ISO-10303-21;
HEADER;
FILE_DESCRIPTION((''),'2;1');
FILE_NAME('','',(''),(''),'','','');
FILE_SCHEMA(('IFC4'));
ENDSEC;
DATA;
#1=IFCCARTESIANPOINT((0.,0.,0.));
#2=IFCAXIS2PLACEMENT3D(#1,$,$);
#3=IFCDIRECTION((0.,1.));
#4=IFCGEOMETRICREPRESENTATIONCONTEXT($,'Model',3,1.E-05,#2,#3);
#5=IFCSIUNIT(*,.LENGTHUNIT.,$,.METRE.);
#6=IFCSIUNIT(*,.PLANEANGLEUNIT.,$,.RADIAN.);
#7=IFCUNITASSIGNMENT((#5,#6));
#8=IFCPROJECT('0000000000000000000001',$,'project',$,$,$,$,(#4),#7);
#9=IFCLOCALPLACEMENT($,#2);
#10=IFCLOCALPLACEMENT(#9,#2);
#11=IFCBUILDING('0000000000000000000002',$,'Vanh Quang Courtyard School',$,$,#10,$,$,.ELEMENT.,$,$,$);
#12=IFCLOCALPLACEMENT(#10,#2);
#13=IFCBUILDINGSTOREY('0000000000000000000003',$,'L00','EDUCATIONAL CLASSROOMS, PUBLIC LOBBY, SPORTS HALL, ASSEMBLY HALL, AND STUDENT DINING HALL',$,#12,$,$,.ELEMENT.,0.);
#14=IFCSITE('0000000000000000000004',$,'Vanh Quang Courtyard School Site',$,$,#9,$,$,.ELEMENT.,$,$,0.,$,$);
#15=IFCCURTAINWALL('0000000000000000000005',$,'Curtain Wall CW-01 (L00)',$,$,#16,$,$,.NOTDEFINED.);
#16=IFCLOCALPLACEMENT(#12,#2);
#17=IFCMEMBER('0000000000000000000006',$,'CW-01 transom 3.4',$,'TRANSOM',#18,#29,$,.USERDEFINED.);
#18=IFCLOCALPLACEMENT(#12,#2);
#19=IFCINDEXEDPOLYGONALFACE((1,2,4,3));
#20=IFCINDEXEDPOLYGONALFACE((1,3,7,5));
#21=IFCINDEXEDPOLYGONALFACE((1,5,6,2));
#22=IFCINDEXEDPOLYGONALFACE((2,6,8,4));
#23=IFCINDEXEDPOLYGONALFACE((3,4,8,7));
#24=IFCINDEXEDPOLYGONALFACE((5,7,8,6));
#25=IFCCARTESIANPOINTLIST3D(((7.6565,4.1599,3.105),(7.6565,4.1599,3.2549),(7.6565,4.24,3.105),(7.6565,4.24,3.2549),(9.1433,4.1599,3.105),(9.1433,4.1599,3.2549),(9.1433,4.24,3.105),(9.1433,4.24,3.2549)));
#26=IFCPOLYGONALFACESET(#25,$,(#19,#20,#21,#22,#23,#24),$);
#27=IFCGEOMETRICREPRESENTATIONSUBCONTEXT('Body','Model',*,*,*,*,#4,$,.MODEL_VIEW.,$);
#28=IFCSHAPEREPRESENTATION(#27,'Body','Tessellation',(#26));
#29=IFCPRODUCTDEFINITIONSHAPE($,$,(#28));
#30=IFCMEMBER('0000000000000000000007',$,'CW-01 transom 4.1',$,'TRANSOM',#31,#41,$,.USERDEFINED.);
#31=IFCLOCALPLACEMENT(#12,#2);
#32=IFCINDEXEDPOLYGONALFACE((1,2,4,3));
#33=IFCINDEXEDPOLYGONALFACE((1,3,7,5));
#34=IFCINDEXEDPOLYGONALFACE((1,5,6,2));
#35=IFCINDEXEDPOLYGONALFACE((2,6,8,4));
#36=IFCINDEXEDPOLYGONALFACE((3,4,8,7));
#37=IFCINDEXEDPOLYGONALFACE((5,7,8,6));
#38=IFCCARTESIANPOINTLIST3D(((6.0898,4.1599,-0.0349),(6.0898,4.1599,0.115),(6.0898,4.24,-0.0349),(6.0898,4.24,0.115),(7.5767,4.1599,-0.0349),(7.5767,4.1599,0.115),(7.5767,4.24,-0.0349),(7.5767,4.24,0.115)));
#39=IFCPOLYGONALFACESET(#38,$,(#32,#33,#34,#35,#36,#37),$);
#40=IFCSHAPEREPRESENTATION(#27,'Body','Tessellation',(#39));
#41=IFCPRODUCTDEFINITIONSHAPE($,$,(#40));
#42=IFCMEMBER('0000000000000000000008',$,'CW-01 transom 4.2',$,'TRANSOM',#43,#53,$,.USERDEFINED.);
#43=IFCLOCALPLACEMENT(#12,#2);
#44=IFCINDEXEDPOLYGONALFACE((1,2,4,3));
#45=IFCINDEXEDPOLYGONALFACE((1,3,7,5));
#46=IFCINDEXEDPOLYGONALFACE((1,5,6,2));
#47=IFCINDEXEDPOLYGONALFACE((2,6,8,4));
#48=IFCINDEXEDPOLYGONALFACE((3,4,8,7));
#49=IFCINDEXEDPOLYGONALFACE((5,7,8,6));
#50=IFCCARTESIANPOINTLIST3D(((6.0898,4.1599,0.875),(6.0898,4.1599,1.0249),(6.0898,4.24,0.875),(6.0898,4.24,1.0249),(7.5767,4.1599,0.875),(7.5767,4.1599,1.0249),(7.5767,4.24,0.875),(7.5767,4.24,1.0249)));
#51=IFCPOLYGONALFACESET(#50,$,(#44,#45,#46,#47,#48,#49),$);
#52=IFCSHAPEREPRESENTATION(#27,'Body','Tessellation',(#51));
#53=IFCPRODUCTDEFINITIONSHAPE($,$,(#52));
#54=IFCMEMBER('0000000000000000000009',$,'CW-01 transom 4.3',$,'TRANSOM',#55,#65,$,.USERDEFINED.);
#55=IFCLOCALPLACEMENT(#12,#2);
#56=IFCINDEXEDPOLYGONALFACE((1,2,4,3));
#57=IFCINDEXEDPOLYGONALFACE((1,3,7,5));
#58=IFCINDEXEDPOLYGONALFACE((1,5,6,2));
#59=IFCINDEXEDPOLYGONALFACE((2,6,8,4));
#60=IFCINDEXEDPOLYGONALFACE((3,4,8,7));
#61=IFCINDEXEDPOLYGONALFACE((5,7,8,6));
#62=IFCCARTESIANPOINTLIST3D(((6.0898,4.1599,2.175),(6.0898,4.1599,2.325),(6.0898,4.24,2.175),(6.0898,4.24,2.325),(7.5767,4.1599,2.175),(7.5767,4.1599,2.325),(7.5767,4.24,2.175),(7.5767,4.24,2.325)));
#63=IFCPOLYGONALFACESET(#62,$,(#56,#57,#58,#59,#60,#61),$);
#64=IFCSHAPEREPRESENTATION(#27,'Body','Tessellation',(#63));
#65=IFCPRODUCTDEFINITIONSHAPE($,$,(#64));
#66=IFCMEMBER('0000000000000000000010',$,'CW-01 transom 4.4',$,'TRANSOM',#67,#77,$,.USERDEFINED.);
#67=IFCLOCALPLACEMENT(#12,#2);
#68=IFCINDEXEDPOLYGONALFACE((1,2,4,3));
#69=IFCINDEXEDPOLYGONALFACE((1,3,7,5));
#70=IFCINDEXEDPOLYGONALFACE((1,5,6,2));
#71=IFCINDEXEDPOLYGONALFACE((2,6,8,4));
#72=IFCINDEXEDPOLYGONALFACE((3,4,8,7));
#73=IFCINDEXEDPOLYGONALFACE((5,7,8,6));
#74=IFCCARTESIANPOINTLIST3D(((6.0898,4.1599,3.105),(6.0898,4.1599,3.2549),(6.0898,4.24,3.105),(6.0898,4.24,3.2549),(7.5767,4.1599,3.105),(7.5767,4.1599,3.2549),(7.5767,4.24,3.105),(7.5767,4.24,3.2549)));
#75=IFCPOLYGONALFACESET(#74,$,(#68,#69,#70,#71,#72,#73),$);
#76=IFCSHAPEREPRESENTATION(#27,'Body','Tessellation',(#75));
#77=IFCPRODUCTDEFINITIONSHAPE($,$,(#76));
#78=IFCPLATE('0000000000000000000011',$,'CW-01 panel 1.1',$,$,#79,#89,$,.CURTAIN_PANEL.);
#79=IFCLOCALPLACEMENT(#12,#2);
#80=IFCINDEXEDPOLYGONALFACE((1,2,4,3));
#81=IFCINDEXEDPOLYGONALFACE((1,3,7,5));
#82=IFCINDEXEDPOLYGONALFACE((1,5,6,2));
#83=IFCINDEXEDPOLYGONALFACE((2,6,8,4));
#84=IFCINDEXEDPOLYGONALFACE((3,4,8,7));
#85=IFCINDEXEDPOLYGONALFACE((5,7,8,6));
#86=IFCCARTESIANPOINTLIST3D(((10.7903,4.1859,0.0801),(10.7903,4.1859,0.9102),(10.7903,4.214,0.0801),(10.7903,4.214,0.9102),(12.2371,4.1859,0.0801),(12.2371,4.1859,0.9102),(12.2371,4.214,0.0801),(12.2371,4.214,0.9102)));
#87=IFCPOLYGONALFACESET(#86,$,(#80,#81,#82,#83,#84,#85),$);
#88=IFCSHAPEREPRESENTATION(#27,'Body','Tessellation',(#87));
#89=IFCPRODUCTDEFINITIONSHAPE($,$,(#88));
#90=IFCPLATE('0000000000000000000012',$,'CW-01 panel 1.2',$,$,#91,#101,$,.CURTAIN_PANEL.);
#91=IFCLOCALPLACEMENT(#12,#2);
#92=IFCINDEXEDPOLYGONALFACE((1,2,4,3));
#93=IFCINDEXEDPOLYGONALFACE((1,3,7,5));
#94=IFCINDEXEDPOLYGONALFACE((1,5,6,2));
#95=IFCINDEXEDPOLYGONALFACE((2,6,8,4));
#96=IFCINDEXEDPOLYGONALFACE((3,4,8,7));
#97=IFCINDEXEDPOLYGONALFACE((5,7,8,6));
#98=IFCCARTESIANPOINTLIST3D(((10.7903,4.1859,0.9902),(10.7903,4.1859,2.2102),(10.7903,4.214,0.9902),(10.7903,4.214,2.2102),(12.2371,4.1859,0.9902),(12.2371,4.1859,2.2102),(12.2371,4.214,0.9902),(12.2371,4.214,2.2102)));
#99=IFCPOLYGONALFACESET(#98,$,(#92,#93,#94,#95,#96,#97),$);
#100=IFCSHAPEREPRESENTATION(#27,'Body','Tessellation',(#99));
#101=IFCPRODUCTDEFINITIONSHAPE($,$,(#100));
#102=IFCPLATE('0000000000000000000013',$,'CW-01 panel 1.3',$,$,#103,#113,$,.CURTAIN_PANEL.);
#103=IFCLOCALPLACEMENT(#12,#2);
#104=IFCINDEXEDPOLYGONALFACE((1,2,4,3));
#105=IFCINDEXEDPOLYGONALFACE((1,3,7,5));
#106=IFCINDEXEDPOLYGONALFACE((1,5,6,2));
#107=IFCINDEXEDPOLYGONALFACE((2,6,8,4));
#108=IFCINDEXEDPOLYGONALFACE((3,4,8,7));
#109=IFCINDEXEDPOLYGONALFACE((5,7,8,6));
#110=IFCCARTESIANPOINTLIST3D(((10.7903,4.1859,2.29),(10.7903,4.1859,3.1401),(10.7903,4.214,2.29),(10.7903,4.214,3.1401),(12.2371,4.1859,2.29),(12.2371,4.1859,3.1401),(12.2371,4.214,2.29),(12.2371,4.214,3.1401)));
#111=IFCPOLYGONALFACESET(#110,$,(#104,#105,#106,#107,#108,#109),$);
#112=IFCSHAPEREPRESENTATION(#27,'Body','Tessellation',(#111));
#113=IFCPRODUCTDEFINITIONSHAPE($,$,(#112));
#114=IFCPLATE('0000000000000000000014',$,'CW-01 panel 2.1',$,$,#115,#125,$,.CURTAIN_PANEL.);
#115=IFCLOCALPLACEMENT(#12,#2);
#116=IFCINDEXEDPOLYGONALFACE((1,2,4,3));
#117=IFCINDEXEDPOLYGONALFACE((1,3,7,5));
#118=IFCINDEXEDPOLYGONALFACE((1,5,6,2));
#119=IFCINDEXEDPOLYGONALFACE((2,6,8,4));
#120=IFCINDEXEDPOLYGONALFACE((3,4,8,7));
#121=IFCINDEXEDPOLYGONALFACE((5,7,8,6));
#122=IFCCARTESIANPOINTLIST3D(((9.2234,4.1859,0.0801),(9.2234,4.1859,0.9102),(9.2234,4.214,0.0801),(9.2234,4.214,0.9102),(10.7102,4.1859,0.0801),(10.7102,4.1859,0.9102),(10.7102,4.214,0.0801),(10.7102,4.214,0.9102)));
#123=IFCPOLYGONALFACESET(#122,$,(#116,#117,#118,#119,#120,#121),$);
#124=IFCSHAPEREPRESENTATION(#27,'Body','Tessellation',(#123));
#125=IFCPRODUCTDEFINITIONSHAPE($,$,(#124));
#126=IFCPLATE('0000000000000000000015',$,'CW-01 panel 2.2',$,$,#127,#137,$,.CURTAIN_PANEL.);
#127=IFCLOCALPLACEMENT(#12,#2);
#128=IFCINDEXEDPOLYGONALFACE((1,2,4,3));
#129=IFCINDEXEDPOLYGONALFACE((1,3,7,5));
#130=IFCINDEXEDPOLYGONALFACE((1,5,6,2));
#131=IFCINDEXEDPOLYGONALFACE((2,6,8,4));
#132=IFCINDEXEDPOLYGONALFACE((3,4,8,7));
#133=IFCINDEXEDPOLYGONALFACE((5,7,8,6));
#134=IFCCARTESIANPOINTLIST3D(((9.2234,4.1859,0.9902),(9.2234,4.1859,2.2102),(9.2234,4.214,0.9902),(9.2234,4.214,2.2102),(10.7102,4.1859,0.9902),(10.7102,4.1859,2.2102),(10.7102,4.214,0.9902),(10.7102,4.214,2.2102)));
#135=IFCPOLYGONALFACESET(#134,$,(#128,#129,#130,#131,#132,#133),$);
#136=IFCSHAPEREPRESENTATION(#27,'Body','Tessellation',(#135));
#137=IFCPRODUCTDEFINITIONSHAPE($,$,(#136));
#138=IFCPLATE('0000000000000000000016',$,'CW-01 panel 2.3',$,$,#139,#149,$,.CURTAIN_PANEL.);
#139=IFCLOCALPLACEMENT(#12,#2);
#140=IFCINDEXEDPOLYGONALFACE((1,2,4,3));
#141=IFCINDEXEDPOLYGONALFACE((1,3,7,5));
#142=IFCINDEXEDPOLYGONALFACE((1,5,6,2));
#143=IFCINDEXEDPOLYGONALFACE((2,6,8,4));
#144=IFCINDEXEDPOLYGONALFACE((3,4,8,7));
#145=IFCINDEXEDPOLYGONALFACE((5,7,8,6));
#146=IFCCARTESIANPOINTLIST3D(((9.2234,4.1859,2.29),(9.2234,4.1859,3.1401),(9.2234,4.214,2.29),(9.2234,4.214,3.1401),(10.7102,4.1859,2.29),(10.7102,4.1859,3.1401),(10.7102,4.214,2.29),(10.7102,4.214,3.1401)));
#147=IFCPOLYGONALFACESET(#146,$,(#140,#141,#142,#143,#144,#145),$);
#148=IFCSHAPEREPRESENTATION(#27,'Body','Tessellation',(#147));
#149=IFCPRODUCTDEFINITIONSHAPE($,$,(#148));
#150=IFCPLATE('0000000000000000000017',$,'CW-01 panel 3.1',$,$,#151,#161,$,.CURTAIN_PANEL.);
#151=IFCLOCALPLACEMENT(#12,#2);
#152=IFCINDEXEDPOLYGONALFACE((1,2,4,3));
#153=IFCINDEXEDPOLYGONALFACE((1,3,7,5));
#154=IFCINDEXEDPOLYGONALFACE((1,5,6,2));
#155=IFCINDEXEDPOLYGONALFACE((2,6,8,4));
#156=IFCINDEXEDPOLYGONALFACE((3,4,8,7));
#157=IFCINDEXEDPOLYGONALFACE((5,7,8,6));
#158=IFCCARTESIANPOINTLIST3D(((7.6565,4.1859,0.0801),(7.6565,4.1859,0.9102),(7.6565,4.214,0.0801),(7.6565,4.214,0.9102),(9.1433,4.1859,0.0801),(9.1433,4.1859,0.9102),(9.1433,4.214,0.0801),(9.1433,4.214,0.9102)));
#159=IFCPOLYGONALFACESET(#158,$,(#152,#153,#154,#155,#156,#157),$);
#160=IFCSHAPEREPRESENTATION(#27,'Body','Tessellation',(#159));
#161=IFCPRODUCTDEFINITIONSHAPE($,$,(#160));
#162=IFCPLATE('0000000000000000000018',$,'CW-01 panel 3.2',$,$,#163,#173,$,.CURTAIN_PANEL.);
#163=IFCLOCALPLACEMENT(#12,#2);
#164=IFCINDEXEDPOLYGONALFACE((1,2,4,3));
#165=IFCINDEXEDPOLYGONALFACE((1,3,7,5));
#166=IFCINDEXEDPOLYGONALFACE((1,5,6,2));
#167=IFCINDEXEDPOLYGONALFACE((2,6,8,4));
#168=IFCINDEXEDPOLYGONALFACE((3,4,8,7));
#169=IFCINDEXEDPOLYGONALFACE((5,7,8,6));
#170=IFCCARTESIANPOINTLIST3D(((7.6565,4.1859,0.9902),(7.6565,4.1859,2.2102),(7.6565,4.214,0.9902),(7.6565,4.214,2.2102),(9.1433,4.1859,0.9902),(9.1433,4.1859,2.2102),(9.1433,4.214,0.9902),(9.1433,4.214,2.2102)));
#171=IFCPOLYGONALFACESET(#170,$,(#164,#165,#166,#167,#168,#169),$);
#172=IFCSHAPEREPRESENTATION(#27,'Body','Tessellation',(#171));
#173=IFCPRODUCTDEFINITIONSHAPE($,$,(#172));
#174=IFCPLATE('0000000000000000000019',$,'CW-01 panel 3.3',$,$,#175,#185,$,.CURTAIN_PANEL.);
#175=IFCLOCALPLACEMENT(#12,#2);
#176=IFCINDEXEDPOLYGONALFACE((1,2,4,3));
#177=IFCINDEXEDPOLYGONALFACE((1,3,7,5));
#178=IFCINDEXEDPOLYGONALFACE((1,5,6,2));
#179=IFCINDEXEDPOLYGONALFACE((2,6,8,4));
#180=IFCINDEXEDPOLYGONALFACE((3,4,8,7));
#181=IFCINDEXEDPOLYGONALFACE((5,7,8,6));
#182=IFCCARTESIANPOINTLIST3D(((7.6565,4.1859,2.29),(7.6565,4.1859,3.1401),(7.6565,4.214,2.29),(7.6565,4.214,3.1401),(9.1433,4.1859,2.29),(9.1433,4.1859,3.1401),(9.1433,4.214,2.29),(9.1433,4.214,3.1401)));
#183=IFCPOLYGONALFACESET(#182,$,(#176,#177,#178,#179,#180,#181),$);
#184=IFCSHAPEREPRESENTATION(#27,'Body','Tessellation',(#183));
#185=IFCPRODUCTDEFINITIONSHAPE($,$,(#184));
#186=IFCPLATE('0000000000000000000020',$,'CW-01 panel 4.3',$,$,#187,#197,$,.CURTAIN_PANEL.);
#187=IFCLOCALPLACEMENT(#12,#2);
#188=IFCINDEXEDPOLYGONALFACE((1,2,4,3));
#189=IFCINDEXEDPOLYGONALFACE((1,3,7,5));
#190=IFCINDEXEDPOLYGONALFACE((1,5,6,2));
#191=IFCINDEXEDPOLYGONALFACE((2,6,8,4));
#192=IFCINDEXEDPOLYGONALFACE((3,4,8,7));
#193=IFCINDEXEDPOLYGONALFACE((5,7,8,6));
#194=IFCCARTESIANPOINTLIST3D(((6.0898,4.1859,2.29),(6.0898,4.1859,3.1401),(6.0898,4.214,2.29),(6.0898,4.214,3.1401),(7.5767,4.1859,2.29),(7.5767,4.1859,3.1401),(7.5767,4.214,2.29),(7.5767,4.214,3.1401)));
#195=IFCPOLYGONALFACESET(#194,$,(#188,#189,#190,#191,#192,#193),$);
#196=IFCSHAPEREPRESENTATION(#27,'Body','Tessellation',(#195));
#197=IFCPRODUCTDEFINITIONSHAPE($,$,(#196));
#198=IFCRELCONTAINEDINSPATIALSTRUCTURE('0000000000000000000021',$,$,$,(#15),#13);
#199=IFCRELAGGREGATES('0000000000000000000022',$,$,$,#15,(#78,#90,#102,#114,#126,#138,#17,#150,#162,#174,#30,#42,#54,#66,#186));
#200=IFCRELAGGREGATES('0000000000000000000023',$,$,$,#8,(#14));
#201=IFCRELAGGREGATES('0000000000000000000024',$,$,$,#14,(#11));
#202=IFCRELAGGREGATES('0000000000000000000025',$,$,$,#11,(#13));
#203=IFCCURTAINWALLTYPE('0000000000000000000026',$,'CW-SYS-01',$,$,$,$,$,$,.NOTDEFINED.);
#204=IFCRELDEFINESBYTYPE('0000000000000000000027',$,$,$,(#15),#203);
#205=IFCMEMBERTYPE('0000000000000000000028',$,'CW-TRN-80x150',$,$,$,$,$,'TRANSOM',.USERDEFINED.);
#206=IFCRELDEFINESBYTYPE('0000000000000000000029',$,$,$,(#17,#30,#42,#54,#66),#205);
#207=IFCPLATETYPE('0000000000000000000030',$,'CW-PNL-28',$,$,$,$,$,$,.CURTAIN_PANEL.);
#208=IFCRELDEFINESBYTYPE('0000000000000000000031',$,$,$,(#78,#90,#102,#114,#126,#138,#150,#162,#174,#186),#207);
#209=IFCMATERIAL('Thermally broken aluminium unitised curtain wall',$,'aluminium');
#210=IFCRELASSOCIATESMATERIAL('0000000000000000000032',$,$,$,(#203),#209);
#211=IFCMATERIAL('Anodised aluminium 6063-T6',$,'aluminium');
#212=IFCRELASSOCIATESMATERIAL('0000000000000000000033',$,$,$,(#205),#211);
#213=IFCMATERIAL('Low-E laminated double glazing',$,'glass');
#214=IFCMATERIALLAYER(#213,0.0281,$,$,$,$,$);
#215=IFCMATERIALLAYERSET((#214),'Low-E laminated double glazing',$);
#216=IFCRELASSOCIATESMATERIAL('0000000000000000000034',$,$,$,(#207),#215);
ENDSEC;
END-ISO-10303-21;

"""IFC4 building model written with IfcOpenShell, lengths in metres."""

from ifc_helpers import new_model, si_unit, direction, frame, origin, origin_2d, place, context, subcontext, project, spatial, rectangle, extrude, material, layer, layer_set, material_profile, profile_set, type_object, element, aggregate, save


model = new_model("IFC4")

# Units and contexts
model_context = context("Model", 3, precision=1e-05, world=origin(), true_north=direction((0.0, 1.0)))
body_context = subcontext(model_context, "Body", "Model", "MODEL_VIEW")
ifc_project = project(units=[si_unit("LENGTHUNIT", "METRE"), si_unit("PLANEANGLEUNIT", "RADIAN")], contexts=[model_context])

# Site, building, storey
site_placement = place(None, origin())
site = spatial("IfcSite", under=ifc_project, at=site_placement, Name="Vanh Quang Courtyard School Site", CompositionType="ELEMENT", RefElevation=0.0)
building_placement = place(site_placement, origin())
building = spatial("IfcBuilding", under=site, at=building_placement, Name="Vanh Quang Courtyard School", CompositionType="ELEMENT")
storey_placement = place(building_placement, origin())
storey = spatial("IfcBuildingStorey", under=building, at=storey_placement, Name="L00", Description="EDUCATIONAL CLASSROOMS, PUBLIC LOBBY, SPORTS HALL, ASSEMBLY HALL, AND STUDENT DINING HALL", CompositionType="ELEMENT", Elevation=0.0)

# Curtain wall, members, plates
ifc_material_1 = material(Name="Thermally broken aluminium unitised curtain wall", Category="aluminium")
curtain_wall_type = type_object("IfcCurtainWallType", Name="CW-SYS-01", PredefinedType="NOTDEFINED", material=ifc_material_1)
curtain_wall_placement = place(storey_placement, origin())
curtain_wall = element("IfcCurtainWall", 1, at=curtain_wall_placement, inside=storey, type_object=curtain_wall_type, Name="Curtain Wall CW-01 (L00)", PredefinedType="NOTDEFINED")
ifc_material_2 = material(Name="Anodised aluminium 6063-T6", Category="aluminium")
ifc_material_profile_1 = material_profile(ifc_material_2, rectangle(XDim=0.0801, YDim=0.1499, at=origin_2d()), Name="ALU-TRN 80x150")
ifc_profile_set_1 = profile_set([ifc_material_profile_1], Name="Anodised aluminium 6063-T6")
member_type_1 = type_object("IfcMemberType", Name="CW-TRN-80x150", ElementType="TRANSOM", PredefinedType="USERDEFINED", material=ifc_profile_set_1)
member_1_placement = place(storey_placement, frame((9.1433, 4.2, 3.1799), z_axis=(-1.0, 0.0, 0.0), x_axis=(0.0, -1.0, 0.0)))
member_1 = element("IfcMember", 2, at=member_1_placement, type_object=member_type_1, Name="CW-01 transom 3.4", ObjectType="TRANSOM", PredefinedType="USERDEFINED", context=body_context, shape_type="SweptSolid", body=[
    extrude(rectangle(XDim=0.0801, YDim=0.1499, at=origin_2d()), origin(), (0.0, 0.0, 1.0), 1.4868),
])
member_2_placement = place(storey_placement, frame((7.5767, 4.2, 0.04), z_axis=(-1.0, 0.0, 0.0), x_axis=(0.0, -1.0, 0.0)))
member_2 = element("IfcMember", 3, at=member_2_placement, type_object=member_type_1, Name="CW-01 transom 4.1", ObjectType="TRANSOM", PredefinedType="USERDEFINED", context=body_context, shape_type="SweptSolid", body=[
    extrude(rectangle(XDim=0.0801, YDim=0.1499, at=origin_2d()), origin(), (0.0, 0.0, 1.0), 1.4868),
])
member_3_placement = place(storey_placement, frame((7.5767, 4.2, 0.95), z_axis=(-1.0, 0.0, 0.0), x_axis=(0.0, -1.0, 0.0)))
member_3 = element("IfcMember", 4, at=member_3_placement, type_object=member_type_1, Name="CW-01 transom 4.2", ObjectType="TRANSOM", PredefinedType="USERDEFINED", context=body_context, shape_type="SweptSolid", body=[
    extrude(rectangle(XDim=0.0801, YDim=0.1499, at=origin_2d()), origin(), (0.0, 0.0, 1.0), 1.4868),
])
member_4_placement = place(storey_placement, frame((7.5767, 4.2, 2.25), z_axis=(-1.0, 0.0, 0.0), x_axis=(0.0, -1.0, 0.0)))
member_4 = element("IfcMember", 5, at=member_4_placement, type_object=member_type_1, Name="CW-01 transom 4.3", ObjectType="TRANSOM", PredefinedType="USERDEFINED", context=body_context, shape_type="SweptSolid", body=[
    extrude(rectangle(XDim=0.0801, YDim=0.1499, at=origin_2d()), origin(), (0.0, 0.0, 1.0), 1.4868),
])
member_5_placement = place(storey_placement, frame((7.5767, 4.2, 3.1799), z_axis=(-1.0, 0.0, 0.0), x_axis=(0.0, -1.0, 0.0)))
member_5 = element("IfcMember", 6, at=member_5_placement, type_object=member_type_1, Name="CW-01 transom 4.4", ObjectType="TRANSOM", PredefinedType="USERDEFINED", context=body_context, shape_type="SweptSolid", body=[
    extrude(rectangle(XDim=0.0801, YDim=0.1499, at=origin_2d()), origin(), (0.0, 0.0, 1.0), 1.4868),
])
ifc_material_3 = material(Name="Low-E laminated double glazing", Category="glass")
ifc_layer = layer(ifc_material_3, 0.0281)
ifc_layer_set = layer_set([ifc_layer], Name="Low-E laminated double glazing")
plate_type = type_object("IfcPlateType", Name="CW-PNL-28", PredefinedType="CURTAIN_PANEL", material=ifc_layer_set)
plate_1_placement = place(storey_placement, frame((11.5137, 4.2, 0.0801), z_axis=(0.0, 0.0, 1.0), x_axis=(-1.0, 0.0, 0.0)))
plate_1 = element("IfcPlate", 7, at=plate_1_placement, type_object=plate_type, Name="CW-01 panel 1.1", PredefinedType="CURTAIN_PANEL", context=body_context, shape_type="SweptSolid", body=[
    extrude(rectangle(XDim=1.4468, YDim=0.0281, at=origin_2d()), origin(), (0.0, 0.0, 1.0), 0.8301),
])
plate_2_placement = place(storey_placement, frame((11.5137, 4.2, 0.9902), z_axis=(0.0, 0.0, 1.0), x_axis=(-1.0, 0.0, 0.0)))
plate_2 = element("IfcPlate", 8, at=plate_2_placement, type_object=plate_type, Name="CW-01 panel 1.2", PredefinedType="CURTAIN_PANEL", context=body_context, shape_type="SweptSolid", body=[
    extrude(rectangle(XDim=1.4468, YDim=0.0281, at=origin_2d()), origin(), (0.0, 0.0, 1.0), 1.22),
])
plate_3_placement = place(storey_placement, frame((11.5137, 4.2, 2.29), z_axis=(0.0, 0.0, 1.0), x_axis=(-1.0, 0.0, 0.0)))
plate_3 = element("IfcPlate", 9, at=plate_3_placement, type_object=plate_type, Name="CW-01 panel 1.3", PredefinedType="CURTAIN_PANEL", context=body_context, shape_type="SweptSolid", body=[
    extrude(rectangle(XDim=1.4468, YDim=0.0281, at=origin_2d()), origin(), (0.0, 0.0, 1.0), 0.8501),
])
plate_4_placement = place(storey_placement, frame((9.9668, 4.2, 0.0801), z_axis=(0.0, 0.0, 1.0), x_axis=(-1.0, 0.0, 0.0)))
plate_4 = element("IfcPlate", 10, at=plate_4_placement, type_object=plate_type, Name="CW-01 panel 2.1", PredefinedType="CURTAIN_PANEL", context=body_context, shape_type="SweptSolid", body=[
    extrude(rectangle(XDim=1.4868, YDim=0.0281, at=origin_2d()), origin(), (0.0, 0.0, 1.0), 0.8301),
])
plate_5_placement = place(storey_placement, frame((9.9668, 4.2, 0.9902), z_axis=(0.0, 0.0, 1.0), x_axis=(-1.0, 0.0, 0.0)))
plate_5 = element("IfcPlate", 11, at=plate_5_placement, type_object=plate_type, Name="CW-01 panel 2.2", PredefinedType="CURTAIN_PANEL", context=body_context, shape_type="SweptSolid", body=[
    extrude(rectangle(XDim=1.4868, YDim=0.0281, at=origin_2d()), origin(), (0.0, 0.0, 1.0), 1.22),
])
plate_6_placement = place(storey_placement, frame((9.9668, 4.2, 2.29), z_axis=(0.0, 0.0, 1.0), x_axis=(-1.0, 0.0, 0.0)))
plate_6 = element("IfcPlate", 12, at=plate_6_placement, type_object=plate_type, Name="CW-01 panel 2.3", PredefinedType="CURTAIN_PANEL", context=body_context, shape_type="SweptSolid", body=[
    extrude(rectangle(XDim=1.4868, YDim=0.0281, at=origin_2d()), origin(), (0.0, 0.0, 1.0), 0.8501),
])
plate_7_placement = place(storey_placement, frame((8.3999, 4.2, 0.0801), z_axis=(0.0, 0.0, 1.0), x_axis=(-1.0, 0.0, 0.0)))
plate_7 = element("IfcPlate", 13, at=plate_7_placement, type_object=plate_type, Name="CW-01 panel 3.1", PredefinedType="CURTAIN_PANEL", context=body_context, shape_type="SweptSolid", body=[
    extrude(rectangle(XDim=1.4868, YDim=0.0281, at=origin_2d()), origin(), (0.0, 0.0, 1.0), 0.8301),
])
plate_8_placement = place(storey_placement, frame((8.3999, 4.2, 0.9902), z_axis=(0.0, 0.0, 1.0), x_axis=(-1.0, 0.0, 0.0)))
plate_8 = element("IfcPlate", 14, at=plate_8_placement, type_object=plate_type, Name="CW-01 panel 3.2", PredefinedType="CURTAIN_PANEL", context=body_context, shape_type="SweptSolid", body=[
    extrude(rectangle(XDim=1.4868, YDim=0.0281, at=origin_2d()), origin(), (0.0, 0.0, 1.0), 1.22),
])
plate_9_placement = place(storey_placement, frame((8.3999, 4.2, 2.29), z_axis=(0.0, 0.0, 1.0), x_axis=(-1.0, 0.0, 0.0)))
plate_9 = element("IfcPlate", 15, at=plate_9_placement, type_object=plate_type, Name="CW-01 panel 3.3", PredefinedType="CURTAIN_PANEL", context=body_context, shape_type="SweptSolid", body=[
    extrude(rectangle(XDim=1.4868, YDim=0.0281, at=origin_2d()), origin(), (0.0, 0.0, 1.0), 0.8501),
])
plate_10_placement = place(storey_placement, frame((6.8333, 4.2, 2.29), z_axis=(0.0, 0.0, 1.0), x_axis=(-1.0, 0.0, 0.0)))
plate_10 = element("IfcPlate", 16, at=plate_10_placement, type_object=plate_type, Name="CW-01 panel 4.3", PredefinedType="CURTAIN_PANEL", context=body_context, shape_type="SweptSolid", body=[
    extrude(rectangle(XDim=1.4868, YDim=0.0281, at=origin_2d()), origin(), (0.0, 0.0, 1.0), 0.8501),
])
aggregate(curtain_wall, [plate_1, plate_2, plate_3, plate_4, plate_5, plate_6, member_1, plate_7, plate_8, plate_9, member_2, member_3, member_4, member_5, plate_10])

save(model, "model.ifc")
